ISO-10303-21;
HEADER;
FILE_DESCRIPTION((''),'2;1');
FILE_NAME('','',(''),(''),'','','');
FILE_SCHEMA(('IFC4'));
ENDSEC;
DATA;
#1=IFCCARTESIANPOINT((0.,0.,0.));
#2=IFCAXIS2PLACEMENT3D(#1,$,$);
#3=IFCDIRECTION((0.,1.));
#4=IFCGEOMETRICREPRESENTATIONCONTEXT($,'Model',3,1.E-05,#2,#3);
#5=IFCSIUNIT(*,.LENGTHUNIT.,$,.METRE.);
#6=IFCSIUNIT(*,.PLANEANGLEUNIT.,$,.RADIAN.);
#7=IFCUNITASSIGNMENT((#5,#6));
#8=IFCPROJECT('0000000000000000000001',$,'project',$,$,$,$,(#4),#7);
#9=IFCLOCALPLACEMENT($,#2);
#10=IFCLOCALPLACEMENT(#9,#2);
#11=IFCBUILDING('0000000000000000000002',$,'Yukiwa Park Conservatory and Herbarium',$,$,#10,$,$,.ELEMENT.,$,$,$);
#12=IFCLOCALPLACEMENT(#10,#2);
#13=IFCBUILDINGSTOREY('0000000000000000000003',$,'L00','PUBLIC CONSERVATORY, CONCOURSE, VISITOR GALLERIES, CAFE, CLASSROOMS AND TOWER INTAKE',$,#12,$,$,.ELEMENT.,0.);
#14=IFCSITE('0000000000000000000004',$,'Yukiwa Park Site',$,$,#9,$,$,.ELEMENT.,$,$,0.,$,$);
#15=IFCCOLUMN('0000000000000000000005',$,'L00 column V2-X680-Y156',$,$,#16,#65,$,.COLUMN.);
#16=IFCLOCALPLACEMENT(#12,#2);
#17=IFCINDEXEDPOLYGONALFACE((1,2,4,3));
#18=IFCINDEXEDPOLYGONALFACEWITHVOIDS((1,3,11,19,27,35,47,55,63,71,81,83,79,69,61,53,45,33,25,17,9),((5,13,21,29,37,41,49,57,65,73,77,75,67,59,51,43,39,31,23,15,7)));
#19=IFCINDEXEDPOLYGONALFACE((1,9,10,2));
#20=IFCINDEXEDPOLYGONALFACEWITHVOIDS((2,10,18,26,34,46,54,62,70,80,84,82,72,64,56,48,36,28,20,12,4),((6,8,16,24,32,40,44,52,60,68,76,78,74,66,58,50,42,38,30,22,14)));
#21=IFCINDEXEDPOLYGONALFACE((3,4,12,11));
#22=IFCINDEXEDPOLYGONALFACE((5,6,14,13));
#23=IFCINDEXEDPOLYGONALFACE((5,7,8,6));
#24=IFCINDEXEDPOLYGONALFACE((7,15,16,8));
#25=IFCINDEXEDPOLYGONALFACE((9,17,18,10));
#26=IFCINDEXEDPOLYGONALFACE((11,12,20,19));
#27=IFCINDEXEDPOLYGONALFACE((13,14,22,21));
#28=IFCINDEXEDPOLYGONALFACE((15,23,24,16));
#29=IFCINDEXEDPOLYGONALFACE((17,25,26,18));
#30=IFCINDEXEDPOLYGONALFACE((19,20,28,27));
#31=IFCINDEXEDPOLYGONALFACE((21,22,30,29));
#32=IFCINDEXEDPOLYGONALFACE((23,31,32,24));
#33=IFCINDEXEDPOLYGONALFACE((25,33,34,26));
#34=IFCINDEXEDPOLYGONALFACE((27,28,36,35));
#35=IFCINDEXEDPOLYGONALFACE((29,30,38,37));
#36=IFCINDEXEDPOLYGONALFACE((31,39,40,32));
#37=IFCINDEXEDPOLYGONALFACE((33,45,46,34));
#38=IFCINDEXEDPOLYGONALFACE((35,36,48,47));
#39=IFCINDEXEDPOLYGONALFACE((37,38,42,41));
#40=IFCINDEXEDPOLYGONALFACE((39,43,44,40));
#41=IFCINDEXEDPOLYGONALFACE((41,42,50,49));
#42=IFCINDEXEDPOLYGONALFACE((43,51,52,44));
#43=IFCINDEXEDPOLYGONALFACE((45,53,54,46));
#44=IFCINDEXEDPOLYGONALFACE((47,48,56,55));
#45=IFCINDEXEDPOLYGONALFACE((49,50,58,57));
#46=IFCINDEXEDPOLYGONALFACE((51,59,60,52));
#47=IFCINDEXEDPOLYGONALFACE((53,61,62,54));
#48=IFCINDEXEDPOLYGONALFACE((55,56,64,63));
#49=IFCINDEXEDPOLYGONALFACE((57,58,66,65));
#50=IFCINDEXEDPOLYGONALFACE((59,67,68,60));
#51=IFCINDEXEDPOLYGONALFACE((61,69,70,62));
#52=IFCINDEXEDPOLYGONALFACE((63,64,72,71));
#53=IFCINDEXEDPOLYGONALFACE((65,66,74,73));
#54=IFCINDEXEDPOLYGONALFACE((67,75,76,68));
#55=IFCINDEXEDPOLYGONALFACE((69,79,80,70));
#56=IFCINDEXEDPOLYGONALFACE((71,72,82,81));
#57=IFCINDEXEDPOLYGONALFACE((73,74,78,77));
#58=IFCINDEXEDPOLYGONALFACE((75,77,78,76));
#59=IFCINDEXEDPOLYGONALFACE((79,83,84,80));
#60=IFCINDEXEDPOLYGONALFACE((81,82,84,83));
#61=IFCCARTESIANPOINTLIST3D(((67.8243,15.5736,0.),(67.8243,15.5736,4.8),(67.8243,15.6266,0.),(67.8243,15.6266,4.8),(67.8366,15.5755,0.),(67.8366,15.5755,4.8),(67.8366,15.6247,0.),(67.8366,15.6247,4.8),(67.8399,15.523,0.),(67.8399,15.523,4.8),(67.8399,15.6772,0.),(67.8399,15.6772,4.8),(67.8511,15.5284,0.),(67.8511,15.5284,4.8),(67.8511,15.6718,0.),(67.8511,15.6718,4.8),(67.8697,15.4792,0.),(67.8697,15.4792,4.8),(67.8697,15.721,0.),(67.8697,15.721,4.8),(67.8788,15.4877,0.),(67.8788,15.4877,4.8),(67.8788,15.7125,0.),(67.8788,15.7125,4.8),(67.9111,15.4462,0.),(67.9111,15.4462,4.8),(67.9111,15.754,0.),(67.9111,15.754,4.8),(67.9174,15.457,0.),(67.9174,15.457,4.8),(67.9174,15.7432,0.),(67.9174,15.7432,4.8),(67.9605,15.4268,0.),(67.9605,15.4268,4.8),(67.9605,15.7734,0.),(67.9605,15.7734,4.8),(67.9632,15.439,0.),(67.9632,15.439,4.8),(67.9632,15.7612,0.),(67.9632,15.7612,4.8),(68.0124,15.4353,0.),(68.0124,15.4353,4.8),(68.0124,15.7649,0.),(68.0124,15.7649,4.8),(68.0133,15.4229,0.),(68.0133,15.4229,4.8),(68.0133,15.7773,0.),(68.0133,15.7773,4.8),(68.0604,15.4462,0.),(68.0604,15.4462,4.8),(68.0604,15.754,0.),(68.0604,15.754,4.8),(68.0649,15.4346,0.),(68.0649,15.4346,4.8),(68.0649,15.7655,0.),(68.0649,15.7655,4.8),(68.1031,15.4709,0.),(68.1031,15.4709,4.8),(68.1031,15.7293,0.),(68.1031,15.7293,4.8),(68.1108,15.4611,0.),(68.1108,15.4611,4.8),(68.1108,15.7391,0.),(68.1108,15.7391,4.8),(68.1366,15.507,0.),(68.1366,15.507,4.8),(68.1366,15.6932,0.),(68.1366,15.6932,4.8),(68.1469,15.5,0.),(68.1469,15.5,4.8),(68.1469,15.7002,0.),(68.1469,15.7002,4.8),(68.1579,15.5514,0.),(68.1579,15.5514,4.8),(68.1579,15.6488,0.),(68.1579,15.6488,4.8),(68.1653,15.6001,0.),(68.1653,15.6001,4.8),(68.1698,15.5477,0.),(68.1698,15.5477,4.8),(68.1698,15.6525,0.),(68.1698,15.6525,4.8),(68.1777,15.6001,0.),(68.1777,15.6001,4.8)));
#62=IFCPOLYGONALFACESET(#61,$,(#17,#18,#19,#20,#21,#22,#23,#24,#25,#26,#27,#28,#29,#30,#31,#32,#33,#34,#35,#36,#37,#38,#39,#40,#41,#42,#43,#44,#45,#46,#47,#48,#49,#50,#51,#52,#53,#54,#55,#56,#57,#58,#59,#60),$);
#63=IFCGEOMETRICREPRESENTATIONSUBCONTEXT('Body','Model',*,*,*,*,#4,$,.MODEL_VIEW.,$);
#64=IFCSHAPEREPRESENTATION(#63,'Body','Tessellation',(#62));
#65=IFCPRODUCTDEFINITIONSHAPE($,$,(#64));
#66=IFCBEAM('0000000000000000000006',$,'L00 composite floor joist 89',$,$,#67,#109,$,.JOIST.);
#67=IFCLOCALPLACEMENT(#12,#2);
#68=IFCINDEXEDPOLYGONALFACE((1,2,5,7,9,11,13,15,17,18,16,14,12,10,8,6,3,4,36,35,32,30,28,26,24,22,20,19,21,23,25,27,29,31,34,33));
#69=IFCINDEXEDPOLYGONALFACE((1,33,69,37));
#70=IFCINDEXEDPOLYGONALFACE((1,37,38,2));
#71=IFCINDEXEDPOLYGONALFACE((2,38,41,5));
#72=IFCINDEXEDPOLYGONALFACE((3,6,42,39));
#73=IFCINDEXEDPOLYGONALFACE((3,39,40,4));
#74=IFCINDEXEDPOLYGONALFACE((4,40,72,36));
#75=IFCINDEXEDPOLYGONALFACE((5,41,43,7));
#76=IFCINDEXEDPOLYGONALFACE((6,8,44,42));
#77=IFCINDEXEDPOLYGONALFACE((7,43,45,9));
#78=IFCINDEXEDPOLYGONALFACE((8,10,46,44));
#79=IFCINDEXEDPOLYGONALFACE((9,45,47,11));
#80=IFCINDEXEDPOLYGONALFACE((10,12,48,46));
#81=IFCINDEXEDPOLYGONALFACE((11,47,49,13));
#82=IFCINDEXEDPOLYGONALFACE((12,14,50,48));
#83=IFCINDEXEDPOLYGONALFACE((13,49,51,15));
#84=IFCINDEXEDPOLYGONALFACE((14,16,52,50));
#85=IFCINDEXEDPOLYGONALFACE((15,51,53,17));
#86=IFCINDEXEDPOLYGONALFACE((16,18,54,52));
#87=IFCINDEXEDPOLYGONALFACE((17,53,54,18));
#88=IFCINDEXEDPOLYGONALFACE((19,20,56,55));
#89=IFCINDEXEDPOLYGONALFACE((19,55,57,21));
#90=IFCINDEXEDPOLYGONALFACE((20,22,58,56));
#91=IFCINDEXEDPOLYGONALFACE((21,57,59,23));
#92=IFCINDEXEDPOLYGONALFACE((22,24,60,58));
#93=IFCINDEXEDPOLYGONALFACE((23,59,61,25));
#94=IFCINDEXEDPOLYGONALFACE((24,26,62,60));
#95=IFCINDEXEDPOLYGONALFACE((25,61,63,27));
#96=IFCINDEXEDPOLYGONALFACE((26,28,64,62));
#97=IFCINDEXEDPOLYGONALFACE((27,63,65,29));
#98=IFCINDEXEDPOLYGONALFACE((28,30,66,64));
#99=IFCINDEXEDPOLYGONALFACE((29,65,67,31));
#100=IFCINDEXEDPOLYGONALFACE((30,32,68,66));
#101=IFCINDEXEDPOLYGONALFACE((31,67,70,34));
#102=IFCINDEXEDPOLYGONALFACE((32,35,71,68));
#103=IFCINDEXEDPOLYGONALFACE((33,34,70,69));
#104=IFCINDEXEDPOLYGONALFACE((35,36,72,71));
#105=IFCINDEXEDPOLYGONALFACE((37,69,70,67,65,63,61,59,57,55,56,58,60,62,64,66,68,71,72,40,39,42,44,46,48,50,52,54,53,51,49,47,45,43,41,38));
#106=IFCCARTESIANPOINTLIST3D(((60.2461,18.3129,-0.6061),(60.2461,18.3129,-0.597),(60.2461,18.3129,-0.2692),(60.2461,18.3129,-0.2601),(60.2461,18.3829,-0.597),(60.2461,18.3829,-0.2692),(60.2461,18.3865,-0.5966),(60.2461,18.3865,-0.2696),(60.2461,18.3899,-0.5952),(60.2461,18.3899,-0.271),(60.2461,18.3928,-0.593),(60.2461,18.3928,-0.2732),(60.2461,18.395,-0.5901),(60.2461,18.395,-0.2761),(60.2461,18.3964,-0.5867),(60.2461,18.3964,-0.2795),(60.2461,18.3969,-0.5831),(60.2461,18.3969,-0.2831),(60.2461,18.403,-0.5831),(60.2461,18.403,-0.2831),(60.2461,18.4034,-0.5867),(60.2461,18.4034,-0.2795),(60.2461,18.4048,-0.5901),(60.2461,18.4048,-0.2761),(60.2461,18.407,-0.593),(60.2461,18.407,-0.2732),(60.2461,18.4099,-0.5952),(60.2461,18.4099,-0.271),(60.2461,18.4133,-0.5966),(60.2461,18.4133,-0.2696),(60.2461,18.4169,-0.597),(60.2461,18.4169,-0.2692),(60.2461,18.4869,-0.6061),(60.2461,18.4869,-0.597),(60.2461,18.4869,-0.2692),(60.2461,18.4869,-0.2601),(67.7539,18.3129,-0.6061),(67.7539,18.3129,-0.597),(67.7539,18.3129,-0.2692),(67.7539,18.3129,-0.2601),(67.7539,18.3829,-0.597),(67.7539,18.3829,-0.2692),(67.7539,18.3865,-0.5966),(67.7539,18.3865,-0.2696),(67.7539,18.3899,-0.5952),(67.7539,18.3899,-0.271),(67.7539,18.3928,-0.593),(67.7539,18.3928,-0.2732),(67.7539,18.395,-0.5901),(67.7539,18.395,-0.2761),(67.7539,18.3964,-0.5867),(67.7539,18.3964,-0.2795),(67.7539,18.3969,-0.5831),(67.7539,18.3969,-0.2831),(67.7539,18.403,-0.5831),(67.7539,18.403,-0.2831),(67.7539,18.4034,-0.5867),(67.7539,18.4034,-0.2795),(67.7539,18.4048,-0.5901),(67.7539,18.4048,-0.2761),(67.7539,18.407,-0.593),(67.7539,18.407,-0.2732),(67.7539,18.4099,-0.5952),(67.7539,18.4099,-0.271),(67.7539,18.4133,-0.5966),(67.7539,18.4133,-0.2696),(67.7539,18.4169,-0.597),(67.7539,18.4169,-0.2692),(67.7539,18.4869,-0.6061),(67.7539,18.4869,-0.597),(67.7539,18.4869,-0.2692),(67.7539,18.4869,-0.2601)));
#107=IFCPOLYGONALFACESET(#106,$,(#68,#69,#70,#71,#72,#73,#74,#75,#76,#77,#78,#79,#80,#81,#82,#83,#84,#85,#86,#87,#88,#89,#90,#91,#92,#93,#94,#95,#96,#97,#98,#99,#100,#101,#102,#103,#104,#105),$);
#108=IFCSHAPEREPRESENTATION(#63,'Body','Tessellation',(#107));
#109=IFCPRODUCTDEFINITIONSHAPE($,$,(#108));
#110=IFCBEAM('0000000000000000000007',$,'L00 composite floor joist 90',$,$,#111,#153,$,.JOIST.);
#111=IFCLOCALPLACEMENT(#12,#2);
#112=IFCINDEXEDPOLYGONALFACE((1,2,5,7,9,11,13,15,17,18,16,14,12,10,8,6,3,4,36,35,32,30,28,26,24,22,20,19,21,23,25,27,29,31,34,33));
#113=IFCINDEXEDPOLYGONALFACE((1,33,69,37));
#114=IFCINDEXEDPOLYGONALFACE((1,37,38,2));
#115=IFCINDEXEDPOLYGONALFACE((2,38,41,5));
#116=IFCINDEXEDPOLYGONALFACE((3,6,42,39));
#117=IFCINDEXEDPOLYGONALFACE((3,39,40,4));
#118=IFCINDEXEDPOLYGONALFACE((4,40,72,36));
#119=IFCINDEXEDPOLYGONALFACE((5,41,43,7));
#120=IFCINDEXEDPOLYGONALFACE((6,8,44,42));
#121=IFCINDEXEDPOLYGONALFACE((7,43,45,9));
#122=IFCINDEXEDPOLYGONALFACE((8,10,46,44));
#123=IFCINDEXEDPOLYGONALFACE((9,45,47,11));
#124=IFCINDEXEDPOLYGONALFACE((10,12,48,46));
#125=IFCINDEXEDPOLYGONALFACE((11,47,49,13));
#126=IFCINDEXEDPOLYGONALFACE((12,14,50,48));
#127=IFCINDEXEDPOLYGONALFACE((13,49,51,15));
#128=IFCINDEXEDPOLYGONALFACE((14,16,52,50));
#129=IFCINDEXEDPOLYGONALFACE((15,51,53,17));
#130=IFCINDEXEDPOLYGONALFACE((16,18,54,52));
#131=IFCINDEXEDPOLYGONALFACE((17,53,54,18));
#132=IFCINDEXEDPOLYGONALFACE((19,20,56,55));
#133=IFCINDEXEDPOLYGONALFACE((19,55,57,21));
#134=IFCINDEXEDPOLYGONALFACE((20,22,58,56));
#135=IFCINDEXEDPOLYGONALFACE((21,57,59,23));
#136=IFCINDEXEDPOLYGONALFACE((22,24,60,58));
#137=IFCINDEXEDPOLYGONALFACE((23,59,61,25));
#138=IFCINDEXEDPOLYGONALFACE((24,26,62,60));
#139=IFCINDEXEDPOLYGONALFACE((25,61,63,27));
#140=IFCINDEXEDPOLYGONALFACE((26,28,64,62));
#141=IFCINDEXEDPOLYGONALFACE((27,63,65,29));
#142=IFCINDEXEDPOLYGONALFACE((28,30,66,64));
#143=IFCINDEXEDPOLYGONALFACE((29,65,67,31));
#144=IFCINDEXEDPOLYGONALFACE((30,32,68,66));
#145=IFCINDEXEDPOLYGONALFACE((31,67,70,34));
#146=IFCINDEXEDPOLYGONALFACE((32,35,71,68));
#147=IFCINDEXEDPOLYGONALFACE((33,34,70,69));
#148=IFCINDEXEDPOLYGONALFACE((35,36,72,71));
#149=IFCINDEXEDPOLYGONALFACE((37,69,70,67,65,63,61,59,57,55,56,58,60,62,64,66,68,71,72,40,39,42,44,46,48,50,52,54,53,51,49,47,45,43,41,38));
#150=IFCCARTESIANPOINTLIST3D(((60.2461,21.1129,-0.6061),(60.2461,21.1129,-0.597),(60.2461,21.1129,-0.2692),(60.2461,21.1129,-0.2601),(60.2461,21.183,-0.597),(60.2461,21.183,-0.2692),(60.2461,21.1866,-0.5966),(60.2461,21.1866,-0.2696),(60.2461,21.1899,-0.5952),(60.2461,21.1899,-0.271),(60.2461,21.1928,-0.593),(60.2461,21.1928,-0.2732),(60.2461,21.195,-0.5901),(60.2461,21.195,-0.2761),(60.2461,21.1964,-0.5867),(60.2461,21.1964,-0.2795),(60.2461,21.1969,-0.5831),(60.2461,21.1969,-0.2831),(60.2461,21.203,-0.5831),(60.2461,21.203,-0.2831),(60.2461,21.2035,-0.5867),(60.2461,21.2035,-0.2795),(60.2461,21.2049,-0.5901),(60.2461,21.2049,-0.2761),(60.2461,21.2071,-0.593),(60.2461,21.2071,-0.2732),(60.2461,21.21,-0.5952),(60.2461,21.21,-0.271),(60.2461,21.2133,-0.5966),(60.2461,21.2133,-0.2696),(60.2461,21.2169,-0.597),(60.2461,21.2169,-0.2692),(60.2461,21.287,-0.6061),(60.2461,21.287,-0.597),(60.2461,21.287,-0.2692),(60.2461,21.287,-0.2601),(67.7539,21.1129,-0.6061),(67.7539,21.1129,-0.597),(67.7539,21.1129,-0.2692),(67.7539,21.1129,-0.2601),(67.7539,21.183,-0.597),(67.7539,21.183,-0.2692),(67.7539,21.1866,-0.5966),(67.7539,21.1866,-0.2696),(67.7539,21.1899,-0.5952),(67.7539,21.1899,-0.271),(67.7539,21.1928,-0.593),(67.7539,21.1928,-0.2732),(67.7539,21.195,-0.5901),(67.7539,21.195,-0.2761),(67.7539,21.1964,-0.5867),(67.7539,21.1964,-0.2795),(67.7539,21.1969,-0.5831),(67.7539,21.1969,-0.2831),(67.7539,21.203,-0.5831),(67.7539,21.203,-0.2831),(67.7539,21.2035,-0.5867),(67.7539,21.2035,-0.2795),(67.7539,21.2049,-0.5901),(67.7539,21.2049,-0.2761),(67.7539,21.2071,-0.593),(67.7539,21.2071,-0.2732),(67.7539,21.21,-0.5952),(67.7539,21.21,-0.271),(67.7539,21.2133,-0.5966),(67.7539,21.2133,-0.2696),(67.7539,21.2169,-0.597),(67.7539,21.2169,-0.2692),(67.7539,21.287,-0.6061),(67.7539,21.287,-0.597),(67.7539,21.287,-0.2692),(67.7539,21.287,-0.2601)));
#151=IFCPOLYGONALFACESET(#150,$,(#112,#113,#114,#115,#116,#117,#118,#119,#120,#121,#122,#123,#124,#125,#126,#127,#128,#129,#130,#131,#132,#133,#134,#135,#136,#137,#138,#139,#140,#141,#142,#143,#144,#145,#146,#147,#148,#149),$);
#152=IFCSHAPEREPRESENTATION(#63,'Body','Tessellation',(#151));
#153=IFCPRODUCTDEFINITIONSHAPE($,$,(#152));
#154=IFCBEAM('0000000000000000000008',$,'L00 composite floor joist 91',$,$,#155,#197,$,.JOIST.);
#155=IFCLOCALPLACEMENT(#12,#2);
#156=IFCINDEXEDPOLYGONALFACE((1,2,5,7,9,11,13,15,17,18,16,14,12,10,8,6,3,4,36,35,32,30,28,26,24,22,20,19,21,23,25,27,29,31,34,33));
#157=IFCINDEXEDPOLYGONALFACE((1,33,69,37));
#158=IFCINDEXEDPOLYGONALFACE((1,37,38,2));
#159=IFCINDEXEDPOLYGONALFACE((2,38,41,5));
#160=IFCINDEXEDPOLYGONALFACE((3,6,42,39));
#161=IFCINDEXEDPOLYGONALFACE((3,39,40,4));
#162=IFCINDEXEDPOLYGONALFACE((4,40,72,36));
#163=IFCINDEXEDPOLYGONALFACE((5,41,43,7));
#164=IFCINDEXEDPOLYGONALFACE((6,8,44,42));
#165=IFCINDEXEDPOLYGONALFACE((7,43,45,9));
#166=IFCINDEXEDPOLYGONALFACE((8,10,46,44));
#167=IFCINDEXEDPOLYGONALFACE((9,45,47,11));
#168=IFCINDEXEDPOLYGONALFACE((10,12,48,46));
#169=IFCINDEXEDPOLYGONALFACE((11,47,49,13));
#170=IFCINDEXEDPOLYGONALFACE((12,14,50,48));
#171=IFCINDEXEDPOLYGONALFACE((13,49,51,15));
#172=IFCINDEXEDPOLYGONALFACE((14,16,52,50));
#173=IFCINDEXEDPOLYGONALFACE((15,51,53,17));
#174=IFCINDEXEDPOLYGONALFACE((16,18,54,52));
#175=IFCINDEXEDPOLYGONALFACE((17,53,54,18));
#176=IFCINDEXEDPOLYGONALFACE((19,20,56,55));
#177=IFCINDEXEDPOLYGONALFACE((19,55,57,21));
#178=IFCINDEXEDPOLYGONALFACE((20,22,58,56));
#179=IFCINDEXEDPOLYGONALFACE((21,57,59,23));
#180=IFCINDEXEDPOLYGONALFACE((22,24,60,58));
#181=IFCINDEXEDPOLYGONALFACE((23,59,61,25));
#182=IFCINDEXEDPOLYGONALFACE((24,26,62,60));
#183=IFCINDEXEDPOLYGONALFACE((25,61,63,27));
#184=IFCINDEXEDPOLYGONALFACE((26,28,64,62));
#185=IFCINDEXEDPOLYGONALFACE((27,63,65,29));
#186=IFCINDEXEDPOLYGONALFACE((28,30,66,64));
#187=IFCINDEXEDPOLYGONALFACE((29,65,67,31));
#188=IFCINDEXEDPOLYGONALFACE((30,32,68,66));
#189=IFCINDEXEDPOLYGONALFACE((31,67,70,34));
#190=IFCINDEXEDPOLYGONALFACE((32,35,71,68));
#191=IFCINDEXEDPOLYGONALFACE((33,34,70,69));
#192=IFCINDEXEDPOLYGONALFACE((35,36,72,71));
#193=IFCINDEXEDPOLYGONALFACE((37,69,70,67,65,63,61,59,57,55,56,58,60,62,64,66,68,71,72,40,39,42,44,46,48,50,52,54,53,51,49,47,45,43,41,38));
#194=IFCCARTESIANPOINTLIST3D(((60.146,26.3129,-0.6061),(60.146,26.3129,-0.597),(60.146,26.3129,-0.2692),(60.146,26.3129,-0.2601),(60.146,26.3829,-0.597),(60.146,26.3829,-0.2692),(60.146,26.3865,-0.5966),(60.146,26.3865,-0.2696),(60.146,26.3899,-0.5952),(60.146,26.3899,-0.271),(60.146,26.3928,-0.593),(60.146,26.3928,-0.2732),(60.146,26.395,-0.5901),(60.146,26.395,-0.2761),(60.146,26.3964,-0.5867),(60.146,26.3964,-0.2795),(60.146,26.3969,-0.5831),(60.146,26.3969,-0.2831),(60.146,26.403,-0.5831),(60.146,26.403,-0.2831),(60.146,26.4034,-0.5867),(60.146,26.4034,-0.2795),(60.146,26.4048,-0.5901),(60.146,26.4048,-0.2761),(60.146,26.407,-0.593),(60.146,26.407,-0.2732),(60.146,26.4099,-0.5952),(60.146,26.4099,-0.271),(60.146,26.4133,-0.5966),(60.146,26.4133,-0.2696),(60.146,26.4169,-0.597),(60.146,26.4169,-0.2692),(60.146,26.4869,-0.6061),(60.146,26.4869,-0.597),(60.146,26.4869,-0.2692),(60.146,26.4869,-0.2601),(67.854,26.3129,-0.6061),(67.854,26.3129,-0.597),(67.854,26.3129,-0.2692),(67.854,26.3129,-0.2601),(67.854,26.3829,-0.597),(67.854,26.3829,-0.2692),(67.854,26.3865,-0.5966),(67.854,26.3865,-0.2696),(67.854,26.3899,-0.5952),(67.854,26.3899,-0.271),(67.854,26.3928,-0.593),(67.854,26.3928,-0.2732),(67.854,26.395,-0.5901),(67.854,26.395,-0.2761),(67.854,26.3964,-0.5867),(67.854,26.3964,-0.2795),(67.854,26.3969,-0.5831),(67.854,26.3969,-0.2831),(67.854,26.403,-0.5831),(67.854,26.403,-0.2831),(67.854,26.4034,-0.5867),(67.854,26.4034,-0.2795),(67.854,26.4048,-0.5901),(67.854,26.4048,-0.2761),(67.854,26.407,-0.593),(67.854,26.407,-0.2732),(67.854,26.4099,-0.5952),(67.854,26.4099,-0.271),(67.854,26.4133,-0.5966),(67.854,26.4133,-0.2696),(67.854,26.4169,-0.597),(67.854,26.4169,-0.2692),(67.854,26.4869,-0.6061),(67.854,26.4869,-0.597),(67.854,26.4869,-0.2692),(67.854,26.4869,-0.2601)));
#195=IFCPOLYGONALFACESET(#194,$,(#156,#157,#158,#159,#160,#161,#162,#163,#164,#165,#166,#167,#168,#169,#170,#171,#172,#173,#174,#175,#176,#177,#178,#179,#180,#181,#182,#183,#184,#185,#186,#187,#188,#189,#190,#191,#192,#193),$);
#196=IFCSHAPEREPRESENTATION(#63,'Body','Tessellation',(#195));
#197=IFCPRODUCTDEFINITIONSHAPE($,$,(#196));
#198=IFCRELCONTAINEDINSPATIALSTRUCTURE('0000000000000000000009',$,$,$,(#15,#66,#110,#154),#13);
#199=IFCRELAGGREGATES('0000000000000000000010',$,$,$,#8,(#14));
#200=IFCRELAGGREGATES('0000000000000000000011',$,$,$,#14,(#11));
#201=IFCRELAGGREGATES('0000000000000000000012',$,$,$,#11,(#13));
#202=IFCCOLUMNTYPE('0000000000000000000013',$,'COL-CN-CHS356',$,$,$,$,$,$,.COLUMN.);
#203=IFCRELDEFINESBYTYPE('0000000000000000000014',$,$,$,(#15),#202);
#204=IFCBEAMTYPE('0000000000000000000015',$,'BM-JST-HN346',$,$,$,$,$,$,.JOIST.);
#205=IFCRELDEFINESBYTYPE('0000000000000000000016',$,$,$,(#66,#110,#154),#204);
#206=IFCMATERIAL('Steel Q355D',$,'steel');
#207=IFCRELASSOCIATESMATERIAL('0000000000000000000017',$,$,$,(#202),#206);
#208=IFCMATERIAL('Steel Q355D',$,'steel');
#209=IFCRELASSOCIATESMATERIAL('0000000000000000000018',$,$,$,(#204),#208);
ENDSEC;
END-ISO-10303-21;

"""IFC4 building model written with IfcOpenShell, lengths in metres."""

from ifc_helpers import new_model, si_unit, direction, frame, origin, origin_2d, place, context, subcontext, project, spatial, hollow_circle, i_section, extrude, material, material_profile, profile_set, type_object, element, save


model = new_model("IFC4")

# Units and contexts
model_context = context("Model", 3, precision=1e-05, world=origin(), true_north=direction((0.0, 1.0)))
body_context = subcontext(model_context, "Body", "Model", "MODEL_VIEW")
ifc_project = project(units=[si_unit("LENGTHUNIT", "METRE"), si_unit("PLANEANGLEUNIT", "RADIAN")], contexts=[model_context])

# Site, building, storey
site_placement = place(None, origin())
site = spatial("IfcSite", under=ifc_project, at=site_placement, Name="Yukiwa Park Site", CompositionType="ELEMENT", RefElevation=0.0)
building_placement = place(site_placement, origin())
building = spatial("IfcBuilding", under=site, at=building_placement, Name="Yukiwa Park Conservatory and Herbarium", CompositionType="ELEMENT")
storey_placement = place(building_placement, origin())
storey = spatial("IfcBuildingStorey", under=building, at=storey_placement, Name="L00", Description="PUBLIC CONSERVATORY, CONCOURSE, VISITOR GALLERIES, CAFE, CLASSROOMS AND TOWER INTAKE", CompositionType="ELEMENT", Elevation=0.0)

# Column
ifc_material_1 = material(Name="Steel Q355D", Category="steel")
ifc_material_profile_1 = material_profile(ifc_material_1, hollow_circle(Radius=0.1777, WallThickness=0.0125, at=origin_2d()), Name="CHS 355.6x12.5")
ifc_profile_set_1 = profile_set([ifc_material_profile_1], Name="Steel Q355D")
column_type = type_object("IfcColumnType", Name="COL-CN-CHS356", PredefinedType="COLUMN", material=ifc_profile_set_1)
column_placement = place(storey_placement, frame((68.0, 15.6001, 0.0), z_axis=(0.0, 0.0, 1.0), x_axis=(1.0, 0.0, 0.0)))
element("IfcColumn", 1, at=column_placement, inside=storey, type_object=column_type, Name="L00 column V2-X680-Y156", PredefinedType="COLUMN", context=body_context, shape_type="SweptSolid", body=[
    extrude(hollow_circle(Radius=0.1777, WallThickness=0.0125, at=origin_2d()), origin(), (0.0, 0.0, 1.0), 4.8),
])

# Beams
ifc_material_2 = material(Name="Steel Q355D", Category="steel")
ifc_material_profile_2 = material_profile(ifc_material_2, i_section(OverallWidth=0.1741, OverallDepth=0.3459, WebThickness=0.0061, FlangeThickness=0.009, FilletRadius=0.0139, at=origin_2d()), Name="HN 346x174x6x9")
ifc_profile_set_2 = profile_set([ifc_material_profile_2], Name="Steel Q355D")
beam_type_1 = type_object("IfcBeamType", Name="BM-JST-HN346", PredefinedType="JOIST", material=ifc_profile_set_2)
for number, where, z_axis, x_axis, name in (
    (2, (60.2461, 18.3999, -0.4331), (1.0, 0.0, 0.0), (0.0, 1.0, 0.0), "L00 composite floor joist 89"),
    (3, (60.2461, 21.2, -0.4331), (1.0, 0.0, 0.0), (0.0, 1.0, 0.0), "L00 composite floor joist 90"),
):
    element("IfcBeam", number, at=place(storey_placement, frame(where, z_axis=z_axis, x_axis=x_axis)), inside=storey, type_object=beam_type_1, Name=name, PredefinedType="JOIST", context=body_context, shape_type="SweptSolid", body=[
        extrude(i_section(OverallWidth=0.1741, OverallDepth=0.3459, WebThickness=0.0061, FlangeThickness=0.009, FilletRadius=0.0139, at=origin_2d()), origin(), (0.0, 0.0, 1.0), 7.5078),
    ])
beam_1_placement = place(storey_placement, frame((60.146, 26.3999, -0.4331), z_axis=(1.0, 0.0, 0.0), x_axis=(0.0, 1.0, 0.0)))
element("IfcBeam", 4, at=beam_1_placement, inside=storey, type_object=beam_type_1, Name="L00 composite floor joist 91", PredefinedType="JOIST", context=body_context, shape_type="SweptSolid", body=[
    extrude(i_section(OverallWidth=0.1741, OverallDepth=0.3459, WebThickness=0.0061, FlangeThickness=0.009, FilletRadius=0.0139, at=origin_2d()), origin(), (0.0, 0.0, 1.0), 7.708),
])

save(model, "model.ifc")
